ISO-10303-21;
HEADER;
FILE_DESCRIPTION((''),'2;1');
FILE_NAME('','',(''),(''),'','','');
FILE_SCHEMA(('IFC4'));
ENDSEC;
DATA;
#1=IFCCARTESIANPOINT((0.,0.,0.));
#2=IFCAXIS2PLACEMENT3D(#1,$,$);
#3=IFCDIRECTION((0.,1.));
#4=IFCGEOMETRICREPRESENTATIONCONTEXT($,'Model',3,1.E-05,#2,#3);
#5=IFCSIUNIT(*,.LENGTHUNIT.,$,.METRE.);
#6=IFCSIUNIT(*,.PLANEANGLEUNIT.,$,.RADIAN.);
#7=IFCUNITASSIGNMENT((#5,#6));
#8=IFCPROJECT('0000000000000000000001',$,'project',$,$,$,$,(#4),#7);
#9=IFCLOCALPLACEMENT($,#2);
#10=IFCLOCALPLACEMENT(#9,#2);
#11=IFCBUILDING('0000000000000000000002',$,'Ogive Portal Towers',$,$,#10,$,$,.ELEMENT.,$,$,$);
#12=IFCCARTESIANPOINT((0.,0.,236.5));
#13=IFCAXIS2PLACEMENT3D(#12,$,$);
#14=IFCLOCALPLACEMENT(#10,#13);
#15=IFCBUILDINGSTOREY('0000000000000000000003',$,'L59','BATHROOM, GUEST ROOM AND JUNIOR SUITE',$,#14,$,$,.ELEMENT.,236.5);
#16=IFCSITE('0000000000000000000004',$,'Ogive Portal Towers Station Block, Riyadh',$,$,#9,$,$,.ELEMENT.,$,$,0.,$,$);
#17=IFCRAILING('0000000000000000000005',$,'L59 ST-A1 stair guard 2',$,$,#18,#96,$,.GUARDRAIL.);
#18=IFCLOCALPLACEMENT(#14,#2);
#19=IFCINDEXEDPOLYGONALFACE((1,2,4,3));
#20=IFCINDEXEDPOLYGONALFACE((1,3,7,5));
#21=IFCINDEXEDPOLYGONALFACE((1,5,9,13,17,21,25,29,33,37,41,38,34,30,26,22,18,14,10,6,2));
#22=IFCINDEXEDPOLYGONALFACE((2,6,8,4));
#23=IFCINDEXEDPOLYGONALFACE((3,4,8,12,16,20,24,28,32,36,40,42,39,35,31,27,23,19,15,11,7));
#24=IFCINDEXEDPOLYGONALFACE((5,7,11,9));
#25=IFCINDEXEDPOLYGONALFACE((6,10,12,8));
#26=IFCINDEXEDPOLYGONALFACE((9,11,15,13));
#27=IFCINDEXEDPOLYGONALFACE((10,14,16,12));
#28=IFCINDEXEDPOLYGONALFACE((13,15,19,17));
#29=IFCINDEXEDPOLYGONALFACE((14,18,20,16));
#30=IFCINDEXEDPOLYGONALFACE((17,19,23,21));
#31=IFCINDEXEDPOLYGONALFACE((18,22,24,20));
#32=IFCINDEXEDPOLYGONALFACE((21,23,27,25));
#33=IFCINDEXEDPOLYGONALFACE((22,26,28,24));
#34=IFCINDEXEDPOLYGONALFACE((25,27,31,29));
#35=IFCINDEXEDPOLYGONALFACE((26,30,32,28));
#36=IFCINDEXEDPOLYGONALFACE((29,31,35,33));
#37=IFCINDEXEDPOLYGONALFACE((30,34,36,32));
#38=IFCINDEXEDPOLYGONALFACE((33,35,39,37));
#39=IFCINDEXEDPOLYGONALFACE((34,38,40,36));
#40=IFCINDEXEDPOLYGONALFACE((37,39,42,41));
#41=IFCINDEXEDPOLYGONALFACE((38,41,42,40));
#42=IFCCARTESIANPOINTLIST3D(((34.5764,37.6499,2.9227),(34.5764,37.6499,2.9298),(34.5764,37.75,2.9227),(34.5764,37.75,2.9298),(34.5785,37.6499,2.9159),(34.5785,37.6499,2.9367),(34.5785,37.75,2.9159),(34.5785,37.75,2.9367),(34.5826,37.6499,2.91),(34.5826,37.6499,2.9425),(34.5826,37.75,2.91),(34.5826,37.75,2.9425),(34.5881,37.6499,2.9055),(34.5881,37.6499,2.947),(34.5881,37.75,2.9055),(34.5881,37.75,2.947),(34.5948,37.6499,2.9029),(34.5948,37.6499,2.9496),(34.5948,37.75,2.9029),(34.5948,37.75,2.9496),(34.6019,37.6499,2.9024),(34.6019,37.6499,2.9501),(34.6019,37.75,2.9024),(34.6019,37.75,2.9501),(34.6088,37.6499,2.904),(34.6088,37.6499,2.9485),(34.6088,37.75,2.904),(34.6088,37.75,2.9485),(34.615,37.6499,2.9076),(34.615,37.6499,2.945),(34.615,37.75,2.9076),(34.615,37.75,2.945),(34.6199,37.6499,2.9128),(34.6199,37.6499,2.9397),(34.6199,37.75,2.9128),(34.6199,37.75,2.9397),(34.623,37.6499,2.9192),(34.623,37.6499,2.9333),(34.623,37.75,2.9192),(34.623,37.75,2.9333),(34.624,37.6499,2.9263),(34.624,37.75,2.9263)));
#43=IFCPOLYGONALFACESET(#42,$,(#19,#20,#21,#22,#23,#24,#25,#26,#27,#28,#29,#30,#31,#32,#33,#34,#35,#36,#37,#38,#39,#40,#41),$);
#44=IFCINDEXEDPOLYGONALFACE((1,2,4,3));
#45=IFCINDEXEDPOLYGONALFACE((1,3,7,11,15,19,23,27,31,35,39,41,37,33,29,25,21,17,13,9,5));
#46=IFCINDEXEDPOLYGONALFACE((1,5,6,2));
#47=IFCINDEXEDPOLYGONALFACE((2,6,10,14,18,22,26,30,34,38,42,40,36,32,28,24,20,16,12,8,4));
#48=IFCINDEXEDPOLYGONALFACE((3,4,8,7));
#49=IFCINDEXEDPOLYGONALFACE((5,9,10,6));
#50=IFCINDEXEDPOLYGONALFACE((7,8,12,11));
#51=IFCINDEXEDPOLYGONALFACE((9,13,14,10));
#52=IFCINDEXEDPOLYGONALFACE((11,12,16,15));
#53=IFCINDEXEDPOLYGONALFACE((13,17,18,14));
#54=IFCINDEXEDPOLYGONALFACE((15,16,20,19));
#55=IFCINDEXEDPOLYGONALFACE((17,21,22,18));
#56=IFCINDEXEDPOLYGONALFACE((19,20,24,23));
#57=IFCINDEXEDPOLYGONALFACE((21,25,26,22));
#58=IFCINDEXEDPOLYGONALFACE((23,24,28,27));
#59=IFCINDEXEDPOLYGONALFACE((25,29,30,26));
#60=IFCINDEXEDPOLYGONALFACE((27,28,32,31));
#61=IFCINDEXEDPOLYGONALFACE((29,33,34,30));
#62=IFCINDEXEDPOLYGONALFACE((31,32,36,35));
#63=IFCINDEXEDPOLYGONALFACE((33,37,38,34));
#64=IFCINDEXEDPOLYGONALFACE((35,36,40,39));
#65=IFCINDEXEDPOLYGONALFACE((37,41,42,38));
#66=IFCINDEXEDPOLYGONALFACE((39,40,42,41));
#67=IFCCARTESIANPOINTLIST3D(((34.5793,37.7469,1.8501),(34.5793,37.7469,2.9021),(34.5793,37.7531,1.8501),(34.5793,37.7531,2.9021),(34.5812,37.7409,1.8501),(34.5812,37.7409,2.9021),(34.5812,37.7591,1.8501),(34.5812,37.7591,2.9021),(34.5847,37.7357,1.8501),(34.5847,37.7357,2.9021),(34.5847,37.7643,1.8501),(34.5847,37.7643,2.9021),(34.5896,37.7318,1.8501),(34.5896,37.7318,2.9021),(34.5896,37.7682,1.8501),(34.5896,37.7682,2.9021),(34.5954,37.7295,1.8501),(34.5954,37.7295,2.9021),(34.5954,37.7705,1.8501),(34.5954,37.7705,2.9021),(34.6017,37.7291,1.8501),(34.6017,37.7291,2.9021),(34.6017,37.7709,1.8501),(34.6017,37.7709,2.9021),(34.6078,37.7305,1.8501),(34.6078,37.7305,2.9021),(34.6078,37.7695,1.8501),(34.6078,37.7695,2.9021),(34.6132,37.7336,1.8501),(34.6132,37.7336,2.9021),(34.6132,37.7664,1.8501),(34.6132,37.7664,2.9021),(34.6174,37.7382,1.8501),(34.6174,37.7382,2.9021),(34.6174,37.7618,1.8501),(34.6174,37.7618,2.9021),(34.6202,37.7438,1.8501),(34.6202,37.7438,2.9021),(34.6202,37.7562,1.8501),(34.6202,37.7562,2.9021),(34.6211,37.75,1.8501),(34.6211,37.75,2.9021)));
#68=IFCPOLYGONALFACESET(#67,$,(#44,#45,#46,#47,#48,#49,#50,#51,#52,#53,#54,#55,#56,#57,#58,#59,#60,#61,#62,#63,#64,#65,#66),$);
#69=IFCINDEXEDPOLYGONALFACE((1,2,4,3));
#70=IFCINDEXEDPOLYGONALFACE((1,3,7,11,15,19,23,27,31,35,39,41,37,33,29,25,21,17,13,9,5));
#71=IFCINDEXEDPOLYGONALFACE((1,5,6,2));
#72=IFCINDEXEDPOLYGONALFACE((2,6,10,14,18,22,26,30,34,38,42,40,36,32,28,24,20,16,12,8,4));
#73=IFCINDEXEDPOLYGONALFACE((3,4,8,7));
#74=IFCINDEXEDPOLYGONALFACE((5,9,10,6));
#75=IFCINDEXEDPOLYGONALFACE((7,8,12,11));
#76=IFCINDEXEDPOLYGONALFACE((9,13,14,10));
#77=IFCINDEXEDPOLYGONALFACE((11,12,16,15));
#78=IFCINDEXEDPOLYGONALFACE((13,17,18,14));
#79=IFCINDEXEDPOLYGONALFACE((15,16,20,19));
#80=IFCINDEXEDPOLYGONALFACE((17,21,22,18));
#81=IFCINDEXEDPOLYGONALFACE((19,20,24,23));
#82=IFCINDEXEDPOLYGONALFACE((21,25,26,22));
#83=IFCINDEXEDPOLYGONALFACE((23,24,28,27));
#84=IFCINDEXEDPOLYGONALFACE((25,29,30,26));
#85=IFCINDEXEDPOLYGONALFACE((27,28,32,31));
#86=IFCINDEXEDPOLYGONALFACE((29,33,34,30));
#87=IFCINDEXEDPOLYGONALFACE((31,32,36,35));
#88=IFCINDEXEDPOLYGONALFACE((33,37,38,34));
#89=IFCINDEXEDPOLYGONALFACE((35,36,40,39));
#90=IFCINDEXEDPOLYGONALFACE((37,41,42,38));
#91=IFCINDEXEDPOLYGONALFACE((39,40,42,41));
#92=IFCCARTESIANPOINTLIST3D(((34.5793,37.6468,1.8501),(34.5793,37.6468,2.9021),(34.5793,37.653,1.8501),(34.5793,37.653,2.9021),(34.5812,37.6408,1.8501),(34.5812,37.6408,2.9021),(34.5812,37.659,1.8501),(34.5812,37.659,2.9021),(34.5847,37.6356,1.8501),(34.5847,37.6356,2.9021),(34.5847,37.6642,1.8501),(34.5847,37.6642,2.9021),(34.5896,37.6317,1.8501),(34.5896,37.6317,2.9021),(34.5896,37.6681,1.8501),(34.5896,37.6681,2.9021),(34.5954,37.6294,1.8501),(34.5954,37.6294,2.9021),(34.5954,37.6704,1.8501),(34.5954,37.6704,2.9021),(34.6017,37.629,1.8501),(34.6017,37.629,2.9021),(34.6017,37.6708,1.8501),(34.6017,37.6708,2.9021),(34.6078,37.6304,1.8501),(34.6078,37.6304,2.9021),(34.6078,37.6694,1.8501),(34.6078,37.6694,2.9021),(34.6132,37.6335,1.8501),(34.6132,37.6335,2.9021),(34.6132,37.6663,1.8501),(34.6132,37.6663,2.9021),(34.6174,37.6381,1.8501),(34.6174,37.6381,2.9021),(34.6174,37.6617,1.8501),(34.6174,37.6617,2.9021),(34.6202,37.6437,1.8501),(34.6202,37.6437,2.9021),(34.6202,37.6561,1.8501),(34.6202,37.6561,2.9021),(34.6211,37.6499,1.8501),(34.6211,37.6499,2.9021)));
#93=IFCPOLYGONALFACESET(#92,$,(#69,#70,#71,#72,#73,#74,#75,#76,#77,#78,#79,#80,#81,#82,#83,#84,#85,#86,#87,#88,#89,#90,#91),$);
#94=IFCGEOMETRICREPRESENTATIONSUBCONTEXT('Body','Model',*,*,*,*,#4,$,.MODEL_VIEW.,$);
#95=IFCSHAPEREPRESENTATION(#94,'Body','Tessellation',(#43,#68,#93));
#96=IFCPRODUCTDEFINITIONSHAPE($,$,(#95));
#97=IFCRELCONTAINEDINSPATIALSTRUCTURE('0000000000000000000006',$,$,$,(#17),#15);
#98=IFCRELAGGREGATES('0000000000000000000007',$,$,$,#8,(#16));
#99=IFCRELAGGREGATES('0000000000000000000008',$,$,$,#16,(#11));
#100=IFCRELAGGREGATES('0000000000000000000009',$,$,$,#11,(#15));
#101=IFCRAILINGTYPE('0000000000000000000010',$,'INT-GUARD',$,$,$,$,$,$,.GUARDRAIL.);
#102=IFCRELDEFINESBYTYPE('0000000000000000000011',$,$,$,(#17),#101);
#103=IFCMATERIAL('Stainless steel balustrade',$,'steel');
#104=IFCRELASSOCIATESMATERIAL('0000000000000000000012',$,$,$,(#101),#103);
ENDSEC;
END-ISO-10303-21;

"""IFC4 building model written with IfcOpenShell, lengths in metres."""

from ifc_helpers import new_model, si_unit, direction, frame, origin, origin_2d, place, context, subcontext, project, spatial, circle, extrude, material, type_object, element, save


model = new_model("IFC4")

# Units and contexts
model_context = context("Model", 3, precision=1e-05, world=origin(), true_north=direction((0.0, 1.0)))
body_context = subcontext(model_context, "Body", "Model", "MODEL_VIEW")
ifc_project = project(units=[si_unit("LENGTHUNIT", "METRE"), si_unit("PLANEANGLEUNIT", "RADIAN")], contexts=[model_context])

# Site, building, storey
site_placement = place(None, origin())
site = spatial("IfcSite", under=ifc_project, at=site_placement, Name="Ogive Portal Towers Station Block, Riyadh", CompositionType="ELEMENT", RefElevation=0.0)
building_placement = place(site_placement, origin())
building = spatial("IfcBuilding", under=site, at=building_placement, Name="Ogive Portal Towers", CompositionType="ELEMENT")
storey_placement = place(building_placement, frame((0.0, 0.0, 236.5)))
storey = spatial("IfcBuildingStorey", under=building, at=storey_placement, Name="L59", Description="BATHROOM, GUEST ROOM AND JUNIOR SUITE", CompositionType="ELEMENT", Elevation=236.5)

# Railing
ifc_material_1 = material(Name="Stainless steel balustrade", Category="steel")
railing_type_1 = type_object("IfcRailingType", Name="INT-GUARD", PredefinedType="GUARDRAIL", material=ifc_material_1)
railing_1_placement = place(storey_placement, frame((34.6001, 37.75, 1.8501)))
element("IfcRailing", 1, at=railing_1_placement, inside=storey, type_object=railing_type_1, Name="L59 ST-A1 stair guard 2", PredefinedType="GUARDRAIL", context=body_context, shape_type="SweptSolid", body=[
    extrude(circle(Radius=0.0239, at=origin_2d()), frame((0.0, 0.0, 1.0762), z_axis=(0.0, -1.0, 0.0), x_axis=(1.0, 0.0, 0.0)), (0.0, 0.0, 1.0), 0.1001),
    extrude(circle(Radius=0.021, at=origin_2d()), origin(), (0.0, 0.0, 1.0), 1.052),
    extrude(circle(Radius=0.021, at=origin_2d()), frame((0.0, -0.1001, 0.0)), (0.0, 0.0, 1.0), 1.052),
])

save(model, "model.ifc")
